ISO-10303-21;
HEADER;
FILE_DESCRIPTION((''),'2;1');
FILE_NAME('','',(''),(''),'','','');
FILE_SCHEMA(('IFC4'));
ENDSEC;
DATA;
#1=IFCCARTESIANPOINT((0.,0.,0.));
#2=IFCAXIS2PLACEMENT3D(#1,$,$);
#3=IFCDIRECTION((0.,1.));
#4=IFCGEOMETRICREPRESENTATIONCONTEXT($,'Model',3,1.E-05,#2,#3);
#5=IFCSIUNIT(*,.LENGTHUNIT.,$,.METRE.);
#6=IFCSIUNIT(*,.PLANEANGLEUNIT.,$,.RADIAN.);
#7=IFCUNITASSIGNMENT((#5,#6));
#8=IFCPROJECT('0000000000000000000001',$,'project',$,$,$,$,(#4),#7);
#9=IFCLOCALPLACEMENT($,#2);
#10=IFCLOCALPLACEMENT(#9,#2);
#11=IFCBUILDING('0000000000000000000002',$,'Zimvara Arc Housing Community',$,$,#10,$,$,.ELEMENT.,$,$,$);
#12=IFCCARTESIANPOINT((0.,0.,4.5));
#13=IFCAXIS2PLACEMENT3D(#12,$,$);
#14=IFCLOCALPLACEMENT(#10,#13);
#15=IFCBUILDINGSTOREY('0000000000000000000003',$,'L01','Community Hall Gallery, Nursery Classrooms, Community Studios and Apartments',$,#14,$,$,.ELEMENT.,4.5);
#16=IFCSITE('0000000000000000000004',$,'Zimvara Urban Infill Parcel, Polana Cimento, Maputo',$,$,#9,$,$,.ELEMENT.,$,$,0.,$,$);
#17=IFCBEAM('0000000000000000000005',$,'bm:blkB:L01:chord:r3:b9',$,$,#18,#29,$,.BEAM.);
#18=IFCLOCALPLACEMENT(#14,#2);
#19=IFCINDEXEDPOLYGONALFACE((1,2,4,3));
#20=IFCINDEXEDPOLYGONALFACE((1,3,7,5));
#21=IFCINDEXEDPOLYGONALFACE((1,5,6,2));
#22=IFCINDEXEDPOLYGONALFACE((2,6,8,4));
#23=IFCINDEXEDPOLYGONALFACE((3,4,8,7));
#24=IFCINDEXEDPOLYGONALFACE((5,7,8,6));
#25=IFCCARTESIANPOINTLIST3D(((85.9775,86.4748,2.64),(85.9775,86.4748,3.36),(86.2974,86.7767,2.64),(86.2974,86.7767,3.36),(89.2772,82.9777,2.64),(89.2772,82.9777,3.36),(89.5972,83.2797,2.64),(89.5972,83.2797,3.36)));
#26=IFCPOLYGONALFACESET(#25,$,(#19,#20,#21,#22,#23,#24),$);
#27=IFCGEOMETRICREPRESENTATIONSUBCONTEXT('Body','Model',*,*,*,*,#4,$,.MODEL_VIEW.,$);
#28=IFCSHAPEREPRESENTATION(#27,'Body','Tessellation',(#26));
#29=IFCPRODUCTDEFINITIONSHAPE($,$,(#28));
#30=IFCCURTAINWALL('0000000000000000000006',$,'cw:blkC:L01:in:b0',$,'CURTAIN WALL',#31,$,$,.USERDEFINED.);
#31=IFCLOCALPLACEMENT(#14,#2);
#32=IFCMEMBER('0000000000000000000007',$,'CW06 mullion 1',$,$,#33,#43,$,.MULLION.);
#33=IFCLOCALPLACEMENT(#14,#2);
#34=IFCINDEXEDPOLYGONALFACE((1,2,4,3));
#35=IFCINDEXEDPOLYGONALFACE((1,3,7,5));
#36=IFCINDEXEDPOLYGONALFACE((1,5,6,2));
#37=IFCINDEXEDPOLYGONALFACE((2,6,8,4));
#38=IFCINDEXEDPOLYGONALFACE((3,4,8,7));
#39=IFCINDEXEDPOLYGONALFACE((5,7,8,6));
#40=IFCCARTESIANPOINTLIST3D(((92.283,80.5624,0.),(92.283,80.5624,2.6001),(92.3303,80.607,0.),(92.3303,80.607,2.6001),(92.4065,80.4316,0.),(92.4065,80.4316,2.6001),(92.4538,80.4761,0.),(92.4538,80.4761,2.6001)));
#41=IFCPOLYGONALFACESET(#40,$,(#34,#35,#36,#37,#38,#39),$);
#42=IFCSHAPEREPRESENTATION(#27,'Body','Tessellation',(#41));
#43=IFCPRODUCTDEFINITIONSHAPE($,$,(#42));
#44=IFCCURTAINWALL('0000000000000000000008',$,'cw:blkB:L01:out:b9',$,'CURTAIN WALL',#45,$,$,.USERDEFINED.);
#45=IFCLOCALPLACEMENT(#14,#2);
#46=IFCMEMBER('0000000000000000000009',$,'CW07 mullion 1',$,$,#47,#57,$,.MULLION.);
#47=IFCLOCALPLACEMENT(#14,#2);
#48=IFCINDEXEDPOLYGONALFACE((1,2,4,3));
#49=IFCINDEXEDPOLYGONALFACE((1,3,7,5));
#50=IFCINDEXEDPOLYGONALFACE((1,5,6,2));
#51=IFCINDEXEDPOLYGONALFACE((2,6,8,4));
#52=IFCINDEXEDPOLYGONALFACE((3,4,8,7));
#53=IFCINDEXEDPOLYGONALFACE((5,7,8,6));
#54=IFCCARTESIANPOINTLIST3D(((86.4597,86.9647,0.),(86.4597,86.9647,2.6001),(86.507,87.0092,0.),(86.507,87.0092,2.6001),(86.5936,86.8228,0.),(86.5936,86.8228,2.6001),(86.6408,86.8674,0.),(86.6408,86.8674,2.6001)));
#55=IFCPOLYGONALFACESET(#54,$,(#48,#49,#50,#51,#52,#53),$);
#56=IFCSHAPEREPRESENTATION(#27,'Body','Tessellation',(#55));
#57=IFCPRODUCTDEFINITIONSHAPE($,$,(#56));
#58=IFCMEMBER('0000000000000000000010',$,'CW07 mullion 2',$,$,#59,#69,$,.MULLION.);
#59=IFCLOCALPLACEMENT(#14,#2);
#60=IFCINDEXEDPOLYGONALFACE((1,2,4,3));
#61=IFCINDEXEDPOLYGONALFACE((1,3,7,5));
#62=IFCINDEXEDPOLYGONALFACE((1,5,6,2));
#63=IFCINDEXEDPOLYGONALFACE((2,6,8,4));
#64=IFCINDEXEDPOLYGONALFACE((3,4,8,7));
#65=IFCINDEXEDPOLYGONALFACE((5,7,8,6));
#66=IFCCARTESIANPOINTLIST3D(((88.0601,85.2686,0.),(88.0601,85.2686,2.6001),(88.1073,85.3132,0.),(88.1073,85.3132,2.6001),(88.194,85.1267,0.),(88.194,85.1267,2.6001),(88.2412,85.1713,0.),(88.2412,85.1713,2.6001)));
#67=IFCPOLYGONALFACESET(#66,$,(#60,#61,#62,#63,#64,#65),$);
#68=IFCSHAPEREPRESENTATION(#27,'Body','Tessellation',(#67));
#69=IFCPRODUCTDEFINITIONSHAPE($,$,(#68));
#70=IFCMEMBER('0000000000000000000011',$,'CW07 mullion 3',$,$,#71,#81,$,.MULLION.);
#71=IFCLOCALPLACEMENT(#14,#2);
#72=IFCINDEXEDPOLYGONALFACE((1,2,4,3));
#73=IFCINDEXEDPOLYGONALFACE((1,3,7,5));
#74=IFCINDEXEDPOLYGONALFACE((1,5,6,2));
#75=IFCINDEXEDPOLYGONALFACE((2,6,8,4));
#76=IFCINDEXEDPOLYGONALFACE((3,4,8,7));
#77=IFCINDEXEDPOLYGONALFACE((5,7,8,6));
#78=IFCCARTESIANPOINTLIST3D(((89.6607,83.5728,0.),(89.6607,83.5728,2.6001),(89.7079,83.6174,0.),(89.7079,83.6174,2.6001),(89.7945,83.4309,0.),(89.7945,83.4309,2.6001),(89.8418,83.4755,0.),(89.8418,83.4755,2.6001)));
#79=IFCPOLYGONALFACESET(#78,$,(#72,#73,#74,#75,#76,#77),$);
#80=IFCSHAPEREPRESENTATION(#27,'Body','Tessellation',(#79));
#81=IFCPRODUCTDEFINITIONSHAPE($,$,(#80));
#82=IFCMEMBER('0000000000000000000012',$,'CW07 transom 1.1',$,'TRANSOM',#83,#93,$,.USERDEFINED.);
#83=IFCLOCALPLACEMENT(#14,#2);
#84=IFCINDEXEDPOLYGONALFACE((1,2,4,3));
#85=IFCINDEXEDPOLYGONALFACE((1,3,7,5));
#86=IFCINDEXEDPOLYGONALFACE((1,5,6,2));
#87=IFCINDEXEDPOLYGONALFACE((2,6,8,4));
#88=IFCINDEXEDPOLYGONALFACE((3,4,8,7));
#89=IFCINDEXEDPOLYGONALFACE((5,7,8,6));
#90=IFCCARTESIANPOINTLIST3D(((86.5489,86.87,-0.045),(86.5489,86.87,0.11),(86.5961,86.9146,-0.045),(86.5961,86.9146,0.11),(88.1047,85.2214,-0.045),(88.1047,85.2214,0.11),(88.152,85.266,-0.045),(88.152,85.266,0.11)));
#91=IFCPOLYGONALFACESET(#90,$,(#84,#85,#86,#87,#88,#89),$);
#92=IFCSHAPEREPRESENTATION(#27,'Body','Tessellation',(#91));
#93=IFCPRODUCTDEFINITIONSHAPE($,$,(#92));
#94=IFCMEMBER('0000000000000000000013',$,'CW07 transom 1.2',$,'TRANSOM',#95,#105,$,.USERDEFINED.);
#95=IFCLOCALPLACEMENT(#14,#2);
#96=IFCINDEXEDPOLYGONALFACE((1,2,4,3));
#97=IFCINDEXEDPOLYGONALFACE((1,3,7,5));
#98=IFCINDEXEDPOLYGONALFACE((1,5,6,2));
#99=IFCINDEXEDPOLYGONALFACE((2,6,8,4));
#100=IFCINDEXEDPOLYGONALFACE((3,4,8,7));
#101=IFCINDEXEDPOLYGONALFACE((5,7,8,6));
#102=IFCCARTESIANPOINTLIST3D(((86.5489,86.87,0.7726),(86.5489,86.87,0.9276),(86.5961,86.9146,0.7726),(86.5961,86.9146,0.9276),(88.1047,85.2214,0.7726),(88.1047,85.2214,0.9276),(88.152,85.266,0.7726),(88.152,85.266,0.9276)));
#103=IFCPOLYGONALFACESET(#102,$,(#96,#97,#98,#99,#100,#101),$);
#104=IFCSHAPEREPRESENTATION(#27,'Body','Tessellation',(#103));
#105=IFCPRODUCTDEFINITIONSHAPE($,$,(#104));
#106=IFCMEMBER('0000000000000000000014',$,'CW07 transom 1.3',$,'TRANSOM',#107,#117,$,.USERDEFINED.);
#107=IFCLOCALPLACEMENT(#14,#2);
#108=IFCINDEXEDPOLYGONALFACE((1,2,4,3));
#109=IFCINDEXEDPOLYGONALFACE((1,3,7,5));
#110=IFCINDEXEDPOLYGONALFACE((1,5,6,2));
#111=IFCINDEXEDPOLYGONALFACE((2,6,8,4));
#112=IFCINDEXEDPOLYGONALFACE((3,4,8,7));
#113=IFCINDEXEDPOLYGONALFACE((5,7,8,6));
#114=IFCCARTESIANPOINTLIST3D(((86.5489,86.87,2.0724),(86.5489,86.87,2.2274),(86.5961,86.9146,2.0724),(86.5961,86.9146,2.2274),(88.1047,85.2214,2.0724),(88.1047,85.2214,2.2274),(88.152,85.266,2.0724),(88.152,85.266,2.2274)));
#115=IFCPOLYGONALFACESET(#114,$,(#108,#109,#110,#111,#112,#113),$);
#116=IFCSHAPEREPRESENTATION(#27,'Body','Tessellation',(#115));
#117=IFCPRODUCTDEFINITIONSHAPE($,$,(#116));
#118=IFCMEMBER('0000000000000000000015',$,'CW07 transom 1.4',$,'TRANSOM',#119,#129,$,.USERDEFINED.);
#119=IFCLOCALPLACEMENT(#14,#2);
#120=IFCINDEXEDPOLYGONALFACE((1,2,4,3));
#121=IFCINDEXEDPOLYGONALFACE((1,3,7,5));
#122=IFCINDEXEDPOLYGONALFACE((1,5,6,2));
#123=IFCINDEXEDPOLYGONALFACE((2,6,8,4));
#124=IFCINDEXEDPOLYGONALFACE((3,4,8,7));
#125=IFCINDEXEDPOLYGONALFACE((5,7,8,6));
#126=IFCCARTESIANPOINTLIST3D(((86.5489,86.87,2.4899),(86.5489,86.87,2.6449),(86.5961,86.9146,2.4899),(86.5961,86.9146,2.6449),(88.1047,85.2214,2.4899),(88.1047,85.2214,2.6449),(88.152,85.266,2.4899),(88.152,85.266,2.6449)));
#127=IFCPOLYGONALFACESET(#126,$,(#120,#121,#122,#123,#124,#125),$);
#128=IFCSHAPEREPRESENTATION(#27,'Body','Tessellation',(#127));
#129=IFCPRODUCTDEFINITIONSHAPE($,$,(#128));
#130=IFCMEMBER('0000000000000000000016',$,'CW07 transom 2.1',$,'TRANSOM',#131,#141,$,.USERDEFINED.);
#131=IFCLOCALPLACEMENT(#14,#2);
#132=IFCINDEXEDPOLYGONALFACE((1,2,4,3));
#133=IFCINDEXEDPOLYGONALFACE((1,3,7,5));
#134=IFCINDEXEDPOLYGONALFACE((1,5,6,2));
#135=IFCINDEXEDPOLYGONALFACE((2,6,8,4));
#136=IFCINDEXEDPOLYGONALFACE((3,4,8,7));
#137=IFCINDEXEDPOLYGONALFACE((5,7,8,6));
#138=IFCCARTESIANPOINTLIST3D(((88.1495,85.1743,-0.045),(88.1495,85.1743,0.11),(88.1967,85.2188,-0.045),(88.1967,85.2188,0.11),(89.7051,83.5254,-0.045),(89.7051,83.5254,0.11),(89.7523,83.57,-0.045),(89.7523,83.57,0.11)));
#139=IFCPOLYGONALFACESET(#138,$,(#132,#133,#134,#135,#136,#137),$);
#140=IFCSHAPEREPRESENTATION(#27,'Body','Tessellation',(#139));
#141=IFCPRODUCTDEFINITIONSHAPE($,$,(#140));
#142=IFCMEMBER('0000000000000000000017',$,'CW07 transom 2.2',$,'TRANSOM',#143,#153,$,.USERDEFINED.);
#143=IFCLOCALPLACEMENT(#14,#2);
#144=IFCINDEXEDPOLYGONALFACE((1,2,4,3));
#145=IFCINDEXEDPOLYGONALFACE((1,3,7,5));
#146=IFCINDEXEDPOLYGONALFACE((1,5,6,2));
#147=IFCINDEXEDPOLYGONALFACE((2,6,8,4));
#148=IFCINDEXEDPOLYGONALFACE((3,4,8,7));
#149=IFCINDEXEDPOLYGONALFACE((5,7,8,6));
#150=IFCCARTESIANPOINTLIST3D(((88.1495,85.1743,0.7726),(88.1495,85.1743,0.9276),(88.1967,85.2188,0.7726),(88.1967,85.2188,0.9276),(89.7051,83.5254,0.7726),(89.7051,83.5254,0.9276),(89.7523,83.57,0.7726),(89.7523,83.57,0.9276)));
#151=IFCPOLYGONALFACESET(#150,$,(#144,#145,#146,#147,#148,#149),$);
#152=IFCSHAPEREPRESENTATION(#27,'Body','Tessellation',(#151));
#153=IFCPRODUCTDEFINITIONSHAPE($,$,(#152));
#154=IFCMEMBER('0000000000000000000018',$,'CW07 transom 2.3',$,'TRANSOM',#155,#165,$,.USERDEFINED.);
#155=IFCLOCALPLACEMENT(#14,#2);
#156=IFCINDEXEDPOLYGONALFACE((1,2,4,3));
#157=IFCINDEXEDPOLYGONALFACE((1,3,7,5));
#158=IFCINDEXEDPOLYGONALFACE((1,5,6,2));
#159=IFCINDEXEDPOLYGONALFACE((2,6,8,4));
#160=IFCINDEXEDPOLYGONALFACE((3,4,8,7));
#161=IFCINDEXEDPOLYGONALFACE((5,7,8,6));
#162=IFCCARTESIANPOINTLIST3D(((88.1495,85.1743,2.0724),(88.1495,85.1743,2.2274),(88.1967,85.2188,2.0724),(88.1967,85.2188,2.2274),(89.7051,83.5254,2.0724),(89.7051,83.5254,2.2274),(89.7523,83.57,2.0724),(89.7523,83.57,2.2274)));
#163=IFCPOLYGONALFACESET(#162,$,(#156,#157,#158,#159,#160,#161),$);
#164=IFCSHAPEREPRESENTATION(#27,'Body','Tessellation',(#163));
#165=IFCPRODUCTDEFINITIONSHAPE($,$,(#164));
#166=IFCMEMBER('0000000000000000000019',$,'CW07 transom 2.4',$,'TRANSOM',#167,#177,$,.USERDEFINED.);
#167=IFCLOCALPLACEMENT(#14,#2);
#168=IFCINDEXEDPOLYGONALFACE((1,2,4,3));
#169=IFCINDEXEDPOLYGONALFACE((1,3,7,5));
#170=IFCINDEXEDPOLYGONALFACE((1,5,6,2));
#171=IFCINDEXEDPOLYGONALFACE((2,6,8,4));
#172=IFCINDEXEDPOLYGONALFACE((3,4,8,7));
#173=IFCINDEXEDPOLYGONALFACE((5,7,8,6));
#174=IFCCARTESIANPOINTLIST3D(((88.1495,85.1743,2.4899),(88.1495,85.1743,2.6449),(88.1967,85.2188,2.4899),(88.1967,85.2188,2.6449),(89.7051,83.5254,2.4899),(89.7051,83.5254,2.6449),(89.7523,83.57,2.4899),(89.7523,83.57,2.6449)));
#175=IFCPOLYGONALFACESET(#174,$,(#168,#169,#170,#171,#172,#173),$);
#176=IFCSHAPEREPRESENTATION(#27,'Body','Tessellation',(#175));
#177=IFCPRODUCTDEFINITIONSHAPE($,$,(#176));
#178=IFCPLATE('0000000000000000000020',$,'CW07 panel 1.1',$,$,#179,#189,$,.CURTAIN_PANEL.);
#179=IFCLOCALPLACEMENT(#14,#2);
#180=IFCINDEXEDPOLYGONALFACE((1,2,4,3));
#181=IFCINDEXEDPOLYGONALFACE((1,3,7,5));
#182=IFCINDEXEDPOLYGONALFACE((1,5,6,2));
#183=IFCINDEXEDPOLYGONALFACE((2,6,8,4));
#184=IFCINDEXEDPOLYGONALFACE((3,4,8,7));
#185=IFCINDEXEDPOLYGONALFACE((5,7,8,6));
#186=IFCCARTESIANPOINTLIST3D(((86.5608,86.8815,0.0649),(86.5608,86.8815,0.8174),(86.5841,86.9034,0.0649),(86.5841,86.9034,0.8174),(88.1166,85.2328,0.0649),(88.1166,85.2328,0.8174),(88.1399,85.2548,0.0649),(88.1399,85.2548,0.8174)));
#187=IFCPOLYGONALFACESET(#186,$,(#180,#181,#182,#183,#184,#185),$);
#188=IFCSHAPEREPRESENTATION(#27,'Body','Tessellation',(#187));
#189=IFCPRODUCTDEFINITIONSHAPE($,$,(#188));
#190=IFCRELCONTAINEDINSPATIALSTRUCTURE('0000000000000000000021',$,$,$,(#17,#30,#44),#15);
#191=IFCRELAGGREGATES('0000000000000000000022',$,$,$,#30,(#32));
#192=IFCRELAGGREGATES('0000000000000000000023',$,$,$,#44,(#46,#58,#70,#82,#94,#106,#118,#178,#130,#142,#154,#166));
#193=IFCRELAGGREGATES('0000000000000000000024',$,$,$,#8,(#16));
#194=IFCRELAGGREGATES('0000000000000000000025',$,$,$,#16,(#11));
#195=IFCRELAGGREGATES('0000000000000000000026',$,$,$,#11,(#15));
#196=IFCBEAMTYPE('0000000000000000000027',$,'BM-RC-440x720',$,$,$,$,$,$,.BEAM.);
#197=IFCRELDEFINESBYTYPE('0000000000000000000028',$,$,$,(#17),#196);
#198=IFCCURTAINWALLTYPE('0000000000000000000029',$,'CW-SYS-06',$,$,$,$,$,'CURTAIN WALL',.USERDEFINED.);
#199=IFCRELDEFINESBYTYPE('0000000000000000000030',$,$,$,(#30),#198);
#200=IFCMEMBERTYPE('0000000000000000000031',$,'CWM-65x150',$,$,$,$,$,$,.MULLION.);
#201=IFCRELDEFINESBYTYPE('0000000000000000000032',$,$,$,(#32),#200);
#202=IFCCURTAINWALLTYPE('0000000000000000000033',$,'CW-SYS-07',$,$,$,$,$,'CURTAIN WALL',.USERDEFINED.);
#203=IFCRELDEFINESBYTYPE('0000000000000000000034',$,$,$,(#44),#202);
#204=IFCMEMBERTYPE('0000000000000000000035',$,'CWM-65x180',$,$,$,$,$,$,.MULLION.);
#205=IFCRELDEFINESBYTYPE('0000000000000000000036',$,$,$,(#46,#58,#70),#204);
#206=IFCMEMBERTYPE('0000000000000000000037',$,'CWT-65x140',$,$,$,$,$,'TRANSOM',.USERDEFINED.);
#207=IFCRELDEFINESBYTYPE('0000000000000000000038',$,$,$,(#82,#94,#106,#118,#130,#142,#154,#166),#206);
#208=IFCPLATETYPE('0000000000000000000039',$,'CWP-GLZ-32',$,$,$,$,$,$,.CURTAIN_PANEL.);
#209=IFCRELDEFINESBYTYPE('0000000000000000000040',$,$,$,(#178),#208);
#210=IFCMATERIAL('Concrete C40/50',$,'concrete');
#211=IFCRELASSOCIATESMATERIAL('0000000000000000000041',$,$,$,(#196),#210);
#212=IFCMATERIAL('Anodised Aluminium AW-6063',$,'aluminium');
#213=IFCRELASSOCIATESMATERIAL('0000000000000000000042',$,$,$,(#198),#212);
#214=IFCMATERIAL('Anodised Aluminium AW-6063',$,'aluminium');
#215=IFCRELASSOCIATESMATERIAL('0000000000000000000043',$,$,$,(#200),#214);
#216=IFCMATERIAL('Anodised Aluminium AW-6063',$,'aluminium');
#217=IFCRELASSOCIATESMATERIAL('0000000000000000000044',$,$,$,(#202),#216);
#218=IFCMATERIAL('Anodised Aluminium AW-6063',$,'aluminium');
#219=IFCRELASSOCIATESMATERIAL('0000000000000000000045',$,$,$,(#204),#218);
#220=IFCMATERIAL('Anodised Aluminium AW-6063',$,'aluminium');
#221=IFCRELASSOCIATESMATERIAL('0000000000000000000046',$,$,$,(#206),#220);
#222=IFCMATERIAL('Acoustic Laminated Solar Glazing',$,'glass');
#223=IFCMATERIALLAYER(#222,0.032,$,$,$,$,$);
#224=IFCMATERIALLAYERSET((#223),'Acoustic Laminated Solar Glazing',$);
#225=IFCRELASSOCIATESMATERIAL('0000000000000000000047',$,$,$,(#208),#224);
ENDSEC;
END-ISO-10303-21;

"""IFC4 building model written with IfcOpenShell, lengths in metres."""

from ifc_helpers import new_model, si_unit, direction, frame, origin, origin_2d, place, context, subcontext, project, spatial, rectangle, extrude, material, layer, layer_set, material_profile, profile_set, type_object, element, aggregate, save


model = new_model("IFC4")

# Units and contexts
model_context = context("Model", 3, precision=1e-05, world=origin(), true_north=direction((0.0, 1.0)))
body_context = subcontext(model_context, "Body", "Model", "MODEL_VIEW")
ifc_project = project(units=[si_unit("LENGTHUNIT", "METRE"), si_unit("PLANEANGLEUNIT", "RADIAN")], contexts=[model_context])

# Site, building, storey
site_placement = place(None, origin())
site = spatial("IfcSite", under=ifc_project, at=site_placement, Name="Zimvara Urban Infill Parcel, Polana Cimento, Maputo", CompositionType="ELEMENT", RefElevation=0.0)
building_placement = place(site_placement, origin())
building = spatial("IfcBuilding", under=site, at=building_placement, Name="Zimvara Arc Housing Community", CompositionType="ELEMENT")
storey_placement = place(building_placement, frame((0.0, 0.0, 4.5)))
storey = spatial("IfcBuildingStorey", under=building, at=storey_placement, Name="L01", Description="Community Hall Gallery, Nursery Classrooms, Community Studios and Apartments", CompositionType="ELEMENT", Elevation=4.5)

# Beam
ifc_material_1 = material(Name="Concrete C40/50", Category="concrete")
ifc_material_profile_1 = material_profile(ifc_material_1, rectangle(XDim=0.4399, YDim=0.72, at=origin_2d()), Name="RC 440x720")
ifc_profile_set_1 = profile_set([ifc_material_profile_1], Name="Concrete C40/50")
beam_type = type_object("IfcBeamType", Name="BM-RC-440x720", PredefinedType="BEAM", material=ifc_profile_set_1)
beam_placement = place(storey_placement, frame((86.1375, 86.6257, 3.0), z_axis=(0.686295, -0.727323, 0.0), x_axis=(0.727323, 0.686295, 0.0)))
element("IfcBeam", 1, at=beam_placement, inside=storey, type_object=beam_type, Name="bm:blkB:L01:chord:r3:b9", PredefinedType="BEAM", context=body_context, shape_type="SweptSolid", body=[
    extrude(rectangle(XDim=0.4399, YDim=0.72, at=origin_2d()), origin(), (0.0, 0.0, 1.0), 4.8081),
])

# Curtain wall, member
ifc_material_2 = material(Name="Anodised Aluminium AW-6063", Category="aluminium")
curtain_wall_type_1 = type_object("IfcCurtainWallType", Name="CW-SYS-06", ElementType="CURTAIN WALL", PredefinedType="USERDEFINED", material=ifc_material_2)
curtain_wall_1_placement = place(storey_placement, origin())
curtain_wall_1 = element("IfcCurtainWall", 2, at=curtain_wall_1_placement, inside=storey, type_object=curtain_wall_type_1, Name="cw:blkC:L01:in:b0", ObjectType="CURTAIN WALL", PredefinedType="USERDEFINED")
ifc_material_3 = material(Name="Anodised Aluminium AW-6063", Category="aluminium")
ifc_material_profile_2 = material_profile(ifc_material_3, rectangle(XDim=0.0649, YDim=0.1799, at=origin_2d()), Name="ALU 65x180")
ifc_profile_set_2 = profile_set([ifc_material_profile_2], Name="Anodised Aluminium AW-6063")
member_type_1 = type_object("IfcMemberType", Name="CWM-65x150", PredefinedType="MULLION", material=ifc_profile_set_2)
member_1_placement = place(storey_placement, frame((92.3684, 80.5193, 0.0), z_axis=(0.0, 0.0, 1.0), x_axis=(0.727293, 0.686327, 0.0)))
member_1 = element("IfcMember", 3, at=member_1_placement, type_object=member_type_1, Name="CW06 mullion 1", PredefinedType="MULLION", context=body_context, shape_type="SweptSolid", body=[
    extrude(rectangle(XDim=0.0649, YDim=0.1799, at=origin_2d()), origin(), (0.0, 0.0, 1.0), 2.6001),
])
aggregate(curtain_wall_1, [member_1])

# Curtain wall, members, plate
ifc_material_4 = material(Name="Anodised Aluminium AW-6063", Category="aluminium")
curtain_wall_type_2 = type_object("IfcCurtainWallType", Name="CW-SYS-07", ElementType="CURTAIN WALL", PredefinedType="USERDEFINED", material=ifc_material_4)
curtain_wall_2_placement = place(storey_placement, origin())
curtain_wall_2 = element("IfcCurtainWall", 4, at=curtain_wall_2_placement, inside=storey, type_object=curtain_wall_type_2, Name="cw:blkB:L01:out:b9", ObjectType="CURTAIN WALL", PredefinedType="USERDEFINED")
ifc_material_5 = material(Name="Anodised Aluminium AW-6063", Category="aluminium")
ifc_material_profile_3 = material_profile(ifc_material_5, rectangle(XDim=0.0649, YDim=0.1951, at=origin_2d()), Name="ALU 65x195")
ifc_profile_set_3 = profile_set([ifc_material_profile_3], Name="Anodised Aluminium AW-6063")
member_type_2 = type_object("IfcMemberType", Name="CWM-65x180", PredefinedType="MULLION", material=ifc_profile_set_3)
member_2_placement = place(storey_placement, frame((86.5503, 86.916, 0.0), z_axis=(0.0, 0.0, 1.0), x_axis=(0.727294, 0.686326, 0.0)))
member_2 = element("IfcMember", 5, at=member_2_placement, type_object=member_type_2, Name="CW07 mullion 1", PredefinedType="MULLION", context=body_context, shape_type="SweptSolid", body=[
    extrude(rectangle(XDim=0.0649, YDim=0.1951, at=origin_2d()), origin(), (0.0, 0.0, 1.0), 2.6001),
])
member_3_placement = place(storey_placement, frame((88.1506, 85.22, 0.0), z_axis=(0.0, 0.0, 1.0), x_axis=(0.727294, 0.686326, 0.0)))
member_3 = element("IfcMember", 6, at=member_3_placement, type_object=member_type_2, Name="CW07 mullion 2", PredefinedType="MULLION", context=body_context, shape_type="SweptSolid", body=[
    extrude(rectangle(XDim=0.0649, YDim=0.1951, at=origin_2d()), origin(), (0.0, 0.0, 1.0), 2.6001),
])
member_4_placement = place(storey_placement, frame((89.7512, 83.5242, 0.0), z_axis=(0.0, 0.0, 1.0), x_axis=(0.727294, 0.686326, 0.0)))
member_4 = element("IfcMember", 7, at=member_4_placement, type_object=member_type_2, Name="CW07 mullion 3", PredefinedType="MULLION", context=body_context, shape_type="SweptSolid", body=[
    extrude(rectangle(XDim=0.0649, YDim=0.1951, at=origin_2d()), origin(), (0.0, 0.0, 1.0), 2.6001),
])
ifc_material_6 = material(Name="Anodised Aluminium AW-6063", Category="aluminium")
ifc_material_profile_4 = material_profile(ifc_material_6, rectangle(XDim=0.0649, YDim=0.155, at=origin_2d()), Name="ALU 65x155")
ifc_profile_set_4 = profile_set([ifc_material_profile_4], Name="Anodised Aluminium AW-6063")
member_type_3 = type_object("IfcMemberType", Name="CWT-65x140", ElementType="TRANSOM", PredefinedType="USERDEFINED", material=ifc_profile_set_4)
member_5_placement = place(storey_placement, frame((86.5725, 86.8923, 0.0325), z_axis=(0.686348, -0.727273, 0.0), x_axis=(0.727273, 0.686348, 0.0)))
member_5 = element("IfcMember", 8, at=member_5_placement, type_object=member_type_3, Name="CW07 transom 1.1", ObjectType="TRANSOM", PredefinedType="USERDEFINED", context=body_context, shape_type="SweptSolid", body=[
    extrude(rectangle(XDim=0.0649, YDim=0.155, at=origin_2d()), origin(), (0.0, 0.0, 1.0), 2.2668),
])
member_6_placement = place(storey_placement, frame((86.5725, 86.8923, 0.8501), z_axis=(0.686348, -0.727273, 0.0), x_axis=(0.727273, 0.686348, 0.0)))
member_6 = element("IfcMember", 9, at=member_6_placement, type_object=member_type_3, Name="CW07 transom 1.2", ObjectType="TRANSOM", PredefinedType="USERDEFINED", context=body_context, shape_type="SweptSolid", body=[
    extrude(rectangle(XDim=0.0649, YDim=0.155, at=origin_2d()), origin(), (0.0, 0.0, 1.0), 2.2668),
])
member_7_placement = place(storey_placement, frame((86.5725, 86.8923, 2.1499), z_axis=(0.686348, -0.727273, 0.0), x_axis=(0.727273, 0.686348, 0.0)))
member_7 = element("IfcMember", 10, at=member_7_placement, type_object=member_type_3, Name="CW07 transom 1.3", ObjectType="TRANSOM", PredefinedType="USERDEFINED", context=body_context, shape_type="SweptSolid", body=[
    extrude(rectangle(XDim=0.0649, YDim=0.155, at=origin_2d()), origin(), (0.0, 0.0, 1.0), 2.2668),
])
member_8_placement = place(storey_placement, frame((86.5725, 86.8923, 2.5674), z_axis=(0.686348, -0.727273, 0.0), x_axis=(0.727273, 0.686348, 0.0)))
member_8 = element("IfcMember", 11, at=member_8_placement, type_object=member_type_3, Name="CW07 transom 1.4", ObjectType="TRANSOM", PredefinedType="USERDEFINED", context=body_context, shape_type="SweptSolid", body=[
    extrude(rectangle(XDim=0.0649, YDim=0.155, at=origin_2d()), origin(), (0.0, 0.0, 1.0), 2.2668),
])
member_9_placement = place(storey_placement, frame((88.1731, 85.1965, 0.0325), z_axis=(0.686238, -0.727377, 0.0), x_axis=(0.727377, 0.686238, 0.0)))
member_9 = element("IfcMember", 12, at=member_9_placement, type_object=member_type_3, Name="CW07 transom 2.1", ObjectType="TRANSOM", PredefinedType="USERDEFINED", context=body_context, shape_type="SweptSolid", body=[
    extrude(rectangle(XDim=0.0649, YDim=0.155, at=origin_2d()), origin(), (0.0, 0.0, 1.0), 2.2668),
])
member_10_placement = place(storey_placement, frame((88.1731, 85.1965, 0.8501), z_axis=(0.686238, -0.727377, 0.0), x_axis=(0.727377, 0.686238, 0.0)))
member_10 = element("IfcMember", 13, at=member_10_placement, type_object=member_type_3, Name="CW07 transom 2.2", ObjectType="TRANSOM", PredefinedType="USERDEFINED", context=body_context, shape_type="SweptSolid", body=[
    extrude(rectangle(XDim=0.0649, YDim=0.155, at=origin_2d()), origin(), (0.0, 0.0, 1.0), 2.2668),
])
member_11_placement = place(storey_placement, frame((88.1731, 85.1965, 2.1499), z_axis=(0.686238, -0.727377, 0.0), x_axis=(0.727377, 0.686238, 0.0)))
member_11 = element("IfcMember", 14, at=member_11_placement, type_object=member_type_3, Name="CW07 transom 2.3", ObjectType="TRANSOM", PredefinedType="USERDEFINED", context=body_context, shape_type="SweptSolid", body=[
    extrude(rectangle(XDim=0.0649, YDim=0.155, at=origin_2d()), origin(), (0.0, 0.0, 1.0), 2.2668),
])
member_12_placement = place(storey_placement, frame((88.1731, 85.1965, 2.5674), z_axis=(0.686238, -0.727377, 0.0), x_axis=(0.727377, 0.686238, 0.0)))
member_12 = element("IfcMember", 15, at=member_12_placement, type_object=member_type_3, Name="CW07 transom 2.4", ObjectType="TRANSOM", PredefinedType="USERDEFINED", context=body_context, shape_type="SweptSolid", body=[
    extrude(rectangle(XDim=0.0649, YDim=0.155, at=origin_2d()), origin(), (0.0, 0.0, 1.0), 2.2668),
])
ifc_material_7 = material(Name="Acoustic Laminated Solar Glazing", Category="glass")
ifc_layer = layer(ifc_material_7, 0.032)
ifc_layer_set = layer_set([ifc_layer], Name="Acoustic Laminated Solar Glazing")
plate_type = type_object("IfcPlateType", Name="CWP-GLZ-32", PredefinedType="CURTAIN_PANEL", material=ifc_layer_set)
plate_1_placement = place(storey_placement, frame((87.3503, 86.0681, 0.0649), z_axis=(0.0, 0.0, 1.0), x_axis=(0.686326, -0.727294, 0.0)))
plate_1 = element("IfcPlate", 16, at=plate_1_placement, type_object=plate_type, Name="CW07 panel 1.1", PredefinedType="CURTAIN_PANEL", context=body_context, shape_type="SweptSolid", body=[
    extrude(rectangle(XDim=2.2668, YDim=0.032, at=origin_2d()), origin(), (0.0, 0.0, 1.0), 0.7524),
])
aggregate(curtain_wall_2, [member_2, member_3, member_4, member_5, member_6, member_7, member_8, plate_1, member_9, member_10, member_11, member_12])

save(model, "model.ifc")
